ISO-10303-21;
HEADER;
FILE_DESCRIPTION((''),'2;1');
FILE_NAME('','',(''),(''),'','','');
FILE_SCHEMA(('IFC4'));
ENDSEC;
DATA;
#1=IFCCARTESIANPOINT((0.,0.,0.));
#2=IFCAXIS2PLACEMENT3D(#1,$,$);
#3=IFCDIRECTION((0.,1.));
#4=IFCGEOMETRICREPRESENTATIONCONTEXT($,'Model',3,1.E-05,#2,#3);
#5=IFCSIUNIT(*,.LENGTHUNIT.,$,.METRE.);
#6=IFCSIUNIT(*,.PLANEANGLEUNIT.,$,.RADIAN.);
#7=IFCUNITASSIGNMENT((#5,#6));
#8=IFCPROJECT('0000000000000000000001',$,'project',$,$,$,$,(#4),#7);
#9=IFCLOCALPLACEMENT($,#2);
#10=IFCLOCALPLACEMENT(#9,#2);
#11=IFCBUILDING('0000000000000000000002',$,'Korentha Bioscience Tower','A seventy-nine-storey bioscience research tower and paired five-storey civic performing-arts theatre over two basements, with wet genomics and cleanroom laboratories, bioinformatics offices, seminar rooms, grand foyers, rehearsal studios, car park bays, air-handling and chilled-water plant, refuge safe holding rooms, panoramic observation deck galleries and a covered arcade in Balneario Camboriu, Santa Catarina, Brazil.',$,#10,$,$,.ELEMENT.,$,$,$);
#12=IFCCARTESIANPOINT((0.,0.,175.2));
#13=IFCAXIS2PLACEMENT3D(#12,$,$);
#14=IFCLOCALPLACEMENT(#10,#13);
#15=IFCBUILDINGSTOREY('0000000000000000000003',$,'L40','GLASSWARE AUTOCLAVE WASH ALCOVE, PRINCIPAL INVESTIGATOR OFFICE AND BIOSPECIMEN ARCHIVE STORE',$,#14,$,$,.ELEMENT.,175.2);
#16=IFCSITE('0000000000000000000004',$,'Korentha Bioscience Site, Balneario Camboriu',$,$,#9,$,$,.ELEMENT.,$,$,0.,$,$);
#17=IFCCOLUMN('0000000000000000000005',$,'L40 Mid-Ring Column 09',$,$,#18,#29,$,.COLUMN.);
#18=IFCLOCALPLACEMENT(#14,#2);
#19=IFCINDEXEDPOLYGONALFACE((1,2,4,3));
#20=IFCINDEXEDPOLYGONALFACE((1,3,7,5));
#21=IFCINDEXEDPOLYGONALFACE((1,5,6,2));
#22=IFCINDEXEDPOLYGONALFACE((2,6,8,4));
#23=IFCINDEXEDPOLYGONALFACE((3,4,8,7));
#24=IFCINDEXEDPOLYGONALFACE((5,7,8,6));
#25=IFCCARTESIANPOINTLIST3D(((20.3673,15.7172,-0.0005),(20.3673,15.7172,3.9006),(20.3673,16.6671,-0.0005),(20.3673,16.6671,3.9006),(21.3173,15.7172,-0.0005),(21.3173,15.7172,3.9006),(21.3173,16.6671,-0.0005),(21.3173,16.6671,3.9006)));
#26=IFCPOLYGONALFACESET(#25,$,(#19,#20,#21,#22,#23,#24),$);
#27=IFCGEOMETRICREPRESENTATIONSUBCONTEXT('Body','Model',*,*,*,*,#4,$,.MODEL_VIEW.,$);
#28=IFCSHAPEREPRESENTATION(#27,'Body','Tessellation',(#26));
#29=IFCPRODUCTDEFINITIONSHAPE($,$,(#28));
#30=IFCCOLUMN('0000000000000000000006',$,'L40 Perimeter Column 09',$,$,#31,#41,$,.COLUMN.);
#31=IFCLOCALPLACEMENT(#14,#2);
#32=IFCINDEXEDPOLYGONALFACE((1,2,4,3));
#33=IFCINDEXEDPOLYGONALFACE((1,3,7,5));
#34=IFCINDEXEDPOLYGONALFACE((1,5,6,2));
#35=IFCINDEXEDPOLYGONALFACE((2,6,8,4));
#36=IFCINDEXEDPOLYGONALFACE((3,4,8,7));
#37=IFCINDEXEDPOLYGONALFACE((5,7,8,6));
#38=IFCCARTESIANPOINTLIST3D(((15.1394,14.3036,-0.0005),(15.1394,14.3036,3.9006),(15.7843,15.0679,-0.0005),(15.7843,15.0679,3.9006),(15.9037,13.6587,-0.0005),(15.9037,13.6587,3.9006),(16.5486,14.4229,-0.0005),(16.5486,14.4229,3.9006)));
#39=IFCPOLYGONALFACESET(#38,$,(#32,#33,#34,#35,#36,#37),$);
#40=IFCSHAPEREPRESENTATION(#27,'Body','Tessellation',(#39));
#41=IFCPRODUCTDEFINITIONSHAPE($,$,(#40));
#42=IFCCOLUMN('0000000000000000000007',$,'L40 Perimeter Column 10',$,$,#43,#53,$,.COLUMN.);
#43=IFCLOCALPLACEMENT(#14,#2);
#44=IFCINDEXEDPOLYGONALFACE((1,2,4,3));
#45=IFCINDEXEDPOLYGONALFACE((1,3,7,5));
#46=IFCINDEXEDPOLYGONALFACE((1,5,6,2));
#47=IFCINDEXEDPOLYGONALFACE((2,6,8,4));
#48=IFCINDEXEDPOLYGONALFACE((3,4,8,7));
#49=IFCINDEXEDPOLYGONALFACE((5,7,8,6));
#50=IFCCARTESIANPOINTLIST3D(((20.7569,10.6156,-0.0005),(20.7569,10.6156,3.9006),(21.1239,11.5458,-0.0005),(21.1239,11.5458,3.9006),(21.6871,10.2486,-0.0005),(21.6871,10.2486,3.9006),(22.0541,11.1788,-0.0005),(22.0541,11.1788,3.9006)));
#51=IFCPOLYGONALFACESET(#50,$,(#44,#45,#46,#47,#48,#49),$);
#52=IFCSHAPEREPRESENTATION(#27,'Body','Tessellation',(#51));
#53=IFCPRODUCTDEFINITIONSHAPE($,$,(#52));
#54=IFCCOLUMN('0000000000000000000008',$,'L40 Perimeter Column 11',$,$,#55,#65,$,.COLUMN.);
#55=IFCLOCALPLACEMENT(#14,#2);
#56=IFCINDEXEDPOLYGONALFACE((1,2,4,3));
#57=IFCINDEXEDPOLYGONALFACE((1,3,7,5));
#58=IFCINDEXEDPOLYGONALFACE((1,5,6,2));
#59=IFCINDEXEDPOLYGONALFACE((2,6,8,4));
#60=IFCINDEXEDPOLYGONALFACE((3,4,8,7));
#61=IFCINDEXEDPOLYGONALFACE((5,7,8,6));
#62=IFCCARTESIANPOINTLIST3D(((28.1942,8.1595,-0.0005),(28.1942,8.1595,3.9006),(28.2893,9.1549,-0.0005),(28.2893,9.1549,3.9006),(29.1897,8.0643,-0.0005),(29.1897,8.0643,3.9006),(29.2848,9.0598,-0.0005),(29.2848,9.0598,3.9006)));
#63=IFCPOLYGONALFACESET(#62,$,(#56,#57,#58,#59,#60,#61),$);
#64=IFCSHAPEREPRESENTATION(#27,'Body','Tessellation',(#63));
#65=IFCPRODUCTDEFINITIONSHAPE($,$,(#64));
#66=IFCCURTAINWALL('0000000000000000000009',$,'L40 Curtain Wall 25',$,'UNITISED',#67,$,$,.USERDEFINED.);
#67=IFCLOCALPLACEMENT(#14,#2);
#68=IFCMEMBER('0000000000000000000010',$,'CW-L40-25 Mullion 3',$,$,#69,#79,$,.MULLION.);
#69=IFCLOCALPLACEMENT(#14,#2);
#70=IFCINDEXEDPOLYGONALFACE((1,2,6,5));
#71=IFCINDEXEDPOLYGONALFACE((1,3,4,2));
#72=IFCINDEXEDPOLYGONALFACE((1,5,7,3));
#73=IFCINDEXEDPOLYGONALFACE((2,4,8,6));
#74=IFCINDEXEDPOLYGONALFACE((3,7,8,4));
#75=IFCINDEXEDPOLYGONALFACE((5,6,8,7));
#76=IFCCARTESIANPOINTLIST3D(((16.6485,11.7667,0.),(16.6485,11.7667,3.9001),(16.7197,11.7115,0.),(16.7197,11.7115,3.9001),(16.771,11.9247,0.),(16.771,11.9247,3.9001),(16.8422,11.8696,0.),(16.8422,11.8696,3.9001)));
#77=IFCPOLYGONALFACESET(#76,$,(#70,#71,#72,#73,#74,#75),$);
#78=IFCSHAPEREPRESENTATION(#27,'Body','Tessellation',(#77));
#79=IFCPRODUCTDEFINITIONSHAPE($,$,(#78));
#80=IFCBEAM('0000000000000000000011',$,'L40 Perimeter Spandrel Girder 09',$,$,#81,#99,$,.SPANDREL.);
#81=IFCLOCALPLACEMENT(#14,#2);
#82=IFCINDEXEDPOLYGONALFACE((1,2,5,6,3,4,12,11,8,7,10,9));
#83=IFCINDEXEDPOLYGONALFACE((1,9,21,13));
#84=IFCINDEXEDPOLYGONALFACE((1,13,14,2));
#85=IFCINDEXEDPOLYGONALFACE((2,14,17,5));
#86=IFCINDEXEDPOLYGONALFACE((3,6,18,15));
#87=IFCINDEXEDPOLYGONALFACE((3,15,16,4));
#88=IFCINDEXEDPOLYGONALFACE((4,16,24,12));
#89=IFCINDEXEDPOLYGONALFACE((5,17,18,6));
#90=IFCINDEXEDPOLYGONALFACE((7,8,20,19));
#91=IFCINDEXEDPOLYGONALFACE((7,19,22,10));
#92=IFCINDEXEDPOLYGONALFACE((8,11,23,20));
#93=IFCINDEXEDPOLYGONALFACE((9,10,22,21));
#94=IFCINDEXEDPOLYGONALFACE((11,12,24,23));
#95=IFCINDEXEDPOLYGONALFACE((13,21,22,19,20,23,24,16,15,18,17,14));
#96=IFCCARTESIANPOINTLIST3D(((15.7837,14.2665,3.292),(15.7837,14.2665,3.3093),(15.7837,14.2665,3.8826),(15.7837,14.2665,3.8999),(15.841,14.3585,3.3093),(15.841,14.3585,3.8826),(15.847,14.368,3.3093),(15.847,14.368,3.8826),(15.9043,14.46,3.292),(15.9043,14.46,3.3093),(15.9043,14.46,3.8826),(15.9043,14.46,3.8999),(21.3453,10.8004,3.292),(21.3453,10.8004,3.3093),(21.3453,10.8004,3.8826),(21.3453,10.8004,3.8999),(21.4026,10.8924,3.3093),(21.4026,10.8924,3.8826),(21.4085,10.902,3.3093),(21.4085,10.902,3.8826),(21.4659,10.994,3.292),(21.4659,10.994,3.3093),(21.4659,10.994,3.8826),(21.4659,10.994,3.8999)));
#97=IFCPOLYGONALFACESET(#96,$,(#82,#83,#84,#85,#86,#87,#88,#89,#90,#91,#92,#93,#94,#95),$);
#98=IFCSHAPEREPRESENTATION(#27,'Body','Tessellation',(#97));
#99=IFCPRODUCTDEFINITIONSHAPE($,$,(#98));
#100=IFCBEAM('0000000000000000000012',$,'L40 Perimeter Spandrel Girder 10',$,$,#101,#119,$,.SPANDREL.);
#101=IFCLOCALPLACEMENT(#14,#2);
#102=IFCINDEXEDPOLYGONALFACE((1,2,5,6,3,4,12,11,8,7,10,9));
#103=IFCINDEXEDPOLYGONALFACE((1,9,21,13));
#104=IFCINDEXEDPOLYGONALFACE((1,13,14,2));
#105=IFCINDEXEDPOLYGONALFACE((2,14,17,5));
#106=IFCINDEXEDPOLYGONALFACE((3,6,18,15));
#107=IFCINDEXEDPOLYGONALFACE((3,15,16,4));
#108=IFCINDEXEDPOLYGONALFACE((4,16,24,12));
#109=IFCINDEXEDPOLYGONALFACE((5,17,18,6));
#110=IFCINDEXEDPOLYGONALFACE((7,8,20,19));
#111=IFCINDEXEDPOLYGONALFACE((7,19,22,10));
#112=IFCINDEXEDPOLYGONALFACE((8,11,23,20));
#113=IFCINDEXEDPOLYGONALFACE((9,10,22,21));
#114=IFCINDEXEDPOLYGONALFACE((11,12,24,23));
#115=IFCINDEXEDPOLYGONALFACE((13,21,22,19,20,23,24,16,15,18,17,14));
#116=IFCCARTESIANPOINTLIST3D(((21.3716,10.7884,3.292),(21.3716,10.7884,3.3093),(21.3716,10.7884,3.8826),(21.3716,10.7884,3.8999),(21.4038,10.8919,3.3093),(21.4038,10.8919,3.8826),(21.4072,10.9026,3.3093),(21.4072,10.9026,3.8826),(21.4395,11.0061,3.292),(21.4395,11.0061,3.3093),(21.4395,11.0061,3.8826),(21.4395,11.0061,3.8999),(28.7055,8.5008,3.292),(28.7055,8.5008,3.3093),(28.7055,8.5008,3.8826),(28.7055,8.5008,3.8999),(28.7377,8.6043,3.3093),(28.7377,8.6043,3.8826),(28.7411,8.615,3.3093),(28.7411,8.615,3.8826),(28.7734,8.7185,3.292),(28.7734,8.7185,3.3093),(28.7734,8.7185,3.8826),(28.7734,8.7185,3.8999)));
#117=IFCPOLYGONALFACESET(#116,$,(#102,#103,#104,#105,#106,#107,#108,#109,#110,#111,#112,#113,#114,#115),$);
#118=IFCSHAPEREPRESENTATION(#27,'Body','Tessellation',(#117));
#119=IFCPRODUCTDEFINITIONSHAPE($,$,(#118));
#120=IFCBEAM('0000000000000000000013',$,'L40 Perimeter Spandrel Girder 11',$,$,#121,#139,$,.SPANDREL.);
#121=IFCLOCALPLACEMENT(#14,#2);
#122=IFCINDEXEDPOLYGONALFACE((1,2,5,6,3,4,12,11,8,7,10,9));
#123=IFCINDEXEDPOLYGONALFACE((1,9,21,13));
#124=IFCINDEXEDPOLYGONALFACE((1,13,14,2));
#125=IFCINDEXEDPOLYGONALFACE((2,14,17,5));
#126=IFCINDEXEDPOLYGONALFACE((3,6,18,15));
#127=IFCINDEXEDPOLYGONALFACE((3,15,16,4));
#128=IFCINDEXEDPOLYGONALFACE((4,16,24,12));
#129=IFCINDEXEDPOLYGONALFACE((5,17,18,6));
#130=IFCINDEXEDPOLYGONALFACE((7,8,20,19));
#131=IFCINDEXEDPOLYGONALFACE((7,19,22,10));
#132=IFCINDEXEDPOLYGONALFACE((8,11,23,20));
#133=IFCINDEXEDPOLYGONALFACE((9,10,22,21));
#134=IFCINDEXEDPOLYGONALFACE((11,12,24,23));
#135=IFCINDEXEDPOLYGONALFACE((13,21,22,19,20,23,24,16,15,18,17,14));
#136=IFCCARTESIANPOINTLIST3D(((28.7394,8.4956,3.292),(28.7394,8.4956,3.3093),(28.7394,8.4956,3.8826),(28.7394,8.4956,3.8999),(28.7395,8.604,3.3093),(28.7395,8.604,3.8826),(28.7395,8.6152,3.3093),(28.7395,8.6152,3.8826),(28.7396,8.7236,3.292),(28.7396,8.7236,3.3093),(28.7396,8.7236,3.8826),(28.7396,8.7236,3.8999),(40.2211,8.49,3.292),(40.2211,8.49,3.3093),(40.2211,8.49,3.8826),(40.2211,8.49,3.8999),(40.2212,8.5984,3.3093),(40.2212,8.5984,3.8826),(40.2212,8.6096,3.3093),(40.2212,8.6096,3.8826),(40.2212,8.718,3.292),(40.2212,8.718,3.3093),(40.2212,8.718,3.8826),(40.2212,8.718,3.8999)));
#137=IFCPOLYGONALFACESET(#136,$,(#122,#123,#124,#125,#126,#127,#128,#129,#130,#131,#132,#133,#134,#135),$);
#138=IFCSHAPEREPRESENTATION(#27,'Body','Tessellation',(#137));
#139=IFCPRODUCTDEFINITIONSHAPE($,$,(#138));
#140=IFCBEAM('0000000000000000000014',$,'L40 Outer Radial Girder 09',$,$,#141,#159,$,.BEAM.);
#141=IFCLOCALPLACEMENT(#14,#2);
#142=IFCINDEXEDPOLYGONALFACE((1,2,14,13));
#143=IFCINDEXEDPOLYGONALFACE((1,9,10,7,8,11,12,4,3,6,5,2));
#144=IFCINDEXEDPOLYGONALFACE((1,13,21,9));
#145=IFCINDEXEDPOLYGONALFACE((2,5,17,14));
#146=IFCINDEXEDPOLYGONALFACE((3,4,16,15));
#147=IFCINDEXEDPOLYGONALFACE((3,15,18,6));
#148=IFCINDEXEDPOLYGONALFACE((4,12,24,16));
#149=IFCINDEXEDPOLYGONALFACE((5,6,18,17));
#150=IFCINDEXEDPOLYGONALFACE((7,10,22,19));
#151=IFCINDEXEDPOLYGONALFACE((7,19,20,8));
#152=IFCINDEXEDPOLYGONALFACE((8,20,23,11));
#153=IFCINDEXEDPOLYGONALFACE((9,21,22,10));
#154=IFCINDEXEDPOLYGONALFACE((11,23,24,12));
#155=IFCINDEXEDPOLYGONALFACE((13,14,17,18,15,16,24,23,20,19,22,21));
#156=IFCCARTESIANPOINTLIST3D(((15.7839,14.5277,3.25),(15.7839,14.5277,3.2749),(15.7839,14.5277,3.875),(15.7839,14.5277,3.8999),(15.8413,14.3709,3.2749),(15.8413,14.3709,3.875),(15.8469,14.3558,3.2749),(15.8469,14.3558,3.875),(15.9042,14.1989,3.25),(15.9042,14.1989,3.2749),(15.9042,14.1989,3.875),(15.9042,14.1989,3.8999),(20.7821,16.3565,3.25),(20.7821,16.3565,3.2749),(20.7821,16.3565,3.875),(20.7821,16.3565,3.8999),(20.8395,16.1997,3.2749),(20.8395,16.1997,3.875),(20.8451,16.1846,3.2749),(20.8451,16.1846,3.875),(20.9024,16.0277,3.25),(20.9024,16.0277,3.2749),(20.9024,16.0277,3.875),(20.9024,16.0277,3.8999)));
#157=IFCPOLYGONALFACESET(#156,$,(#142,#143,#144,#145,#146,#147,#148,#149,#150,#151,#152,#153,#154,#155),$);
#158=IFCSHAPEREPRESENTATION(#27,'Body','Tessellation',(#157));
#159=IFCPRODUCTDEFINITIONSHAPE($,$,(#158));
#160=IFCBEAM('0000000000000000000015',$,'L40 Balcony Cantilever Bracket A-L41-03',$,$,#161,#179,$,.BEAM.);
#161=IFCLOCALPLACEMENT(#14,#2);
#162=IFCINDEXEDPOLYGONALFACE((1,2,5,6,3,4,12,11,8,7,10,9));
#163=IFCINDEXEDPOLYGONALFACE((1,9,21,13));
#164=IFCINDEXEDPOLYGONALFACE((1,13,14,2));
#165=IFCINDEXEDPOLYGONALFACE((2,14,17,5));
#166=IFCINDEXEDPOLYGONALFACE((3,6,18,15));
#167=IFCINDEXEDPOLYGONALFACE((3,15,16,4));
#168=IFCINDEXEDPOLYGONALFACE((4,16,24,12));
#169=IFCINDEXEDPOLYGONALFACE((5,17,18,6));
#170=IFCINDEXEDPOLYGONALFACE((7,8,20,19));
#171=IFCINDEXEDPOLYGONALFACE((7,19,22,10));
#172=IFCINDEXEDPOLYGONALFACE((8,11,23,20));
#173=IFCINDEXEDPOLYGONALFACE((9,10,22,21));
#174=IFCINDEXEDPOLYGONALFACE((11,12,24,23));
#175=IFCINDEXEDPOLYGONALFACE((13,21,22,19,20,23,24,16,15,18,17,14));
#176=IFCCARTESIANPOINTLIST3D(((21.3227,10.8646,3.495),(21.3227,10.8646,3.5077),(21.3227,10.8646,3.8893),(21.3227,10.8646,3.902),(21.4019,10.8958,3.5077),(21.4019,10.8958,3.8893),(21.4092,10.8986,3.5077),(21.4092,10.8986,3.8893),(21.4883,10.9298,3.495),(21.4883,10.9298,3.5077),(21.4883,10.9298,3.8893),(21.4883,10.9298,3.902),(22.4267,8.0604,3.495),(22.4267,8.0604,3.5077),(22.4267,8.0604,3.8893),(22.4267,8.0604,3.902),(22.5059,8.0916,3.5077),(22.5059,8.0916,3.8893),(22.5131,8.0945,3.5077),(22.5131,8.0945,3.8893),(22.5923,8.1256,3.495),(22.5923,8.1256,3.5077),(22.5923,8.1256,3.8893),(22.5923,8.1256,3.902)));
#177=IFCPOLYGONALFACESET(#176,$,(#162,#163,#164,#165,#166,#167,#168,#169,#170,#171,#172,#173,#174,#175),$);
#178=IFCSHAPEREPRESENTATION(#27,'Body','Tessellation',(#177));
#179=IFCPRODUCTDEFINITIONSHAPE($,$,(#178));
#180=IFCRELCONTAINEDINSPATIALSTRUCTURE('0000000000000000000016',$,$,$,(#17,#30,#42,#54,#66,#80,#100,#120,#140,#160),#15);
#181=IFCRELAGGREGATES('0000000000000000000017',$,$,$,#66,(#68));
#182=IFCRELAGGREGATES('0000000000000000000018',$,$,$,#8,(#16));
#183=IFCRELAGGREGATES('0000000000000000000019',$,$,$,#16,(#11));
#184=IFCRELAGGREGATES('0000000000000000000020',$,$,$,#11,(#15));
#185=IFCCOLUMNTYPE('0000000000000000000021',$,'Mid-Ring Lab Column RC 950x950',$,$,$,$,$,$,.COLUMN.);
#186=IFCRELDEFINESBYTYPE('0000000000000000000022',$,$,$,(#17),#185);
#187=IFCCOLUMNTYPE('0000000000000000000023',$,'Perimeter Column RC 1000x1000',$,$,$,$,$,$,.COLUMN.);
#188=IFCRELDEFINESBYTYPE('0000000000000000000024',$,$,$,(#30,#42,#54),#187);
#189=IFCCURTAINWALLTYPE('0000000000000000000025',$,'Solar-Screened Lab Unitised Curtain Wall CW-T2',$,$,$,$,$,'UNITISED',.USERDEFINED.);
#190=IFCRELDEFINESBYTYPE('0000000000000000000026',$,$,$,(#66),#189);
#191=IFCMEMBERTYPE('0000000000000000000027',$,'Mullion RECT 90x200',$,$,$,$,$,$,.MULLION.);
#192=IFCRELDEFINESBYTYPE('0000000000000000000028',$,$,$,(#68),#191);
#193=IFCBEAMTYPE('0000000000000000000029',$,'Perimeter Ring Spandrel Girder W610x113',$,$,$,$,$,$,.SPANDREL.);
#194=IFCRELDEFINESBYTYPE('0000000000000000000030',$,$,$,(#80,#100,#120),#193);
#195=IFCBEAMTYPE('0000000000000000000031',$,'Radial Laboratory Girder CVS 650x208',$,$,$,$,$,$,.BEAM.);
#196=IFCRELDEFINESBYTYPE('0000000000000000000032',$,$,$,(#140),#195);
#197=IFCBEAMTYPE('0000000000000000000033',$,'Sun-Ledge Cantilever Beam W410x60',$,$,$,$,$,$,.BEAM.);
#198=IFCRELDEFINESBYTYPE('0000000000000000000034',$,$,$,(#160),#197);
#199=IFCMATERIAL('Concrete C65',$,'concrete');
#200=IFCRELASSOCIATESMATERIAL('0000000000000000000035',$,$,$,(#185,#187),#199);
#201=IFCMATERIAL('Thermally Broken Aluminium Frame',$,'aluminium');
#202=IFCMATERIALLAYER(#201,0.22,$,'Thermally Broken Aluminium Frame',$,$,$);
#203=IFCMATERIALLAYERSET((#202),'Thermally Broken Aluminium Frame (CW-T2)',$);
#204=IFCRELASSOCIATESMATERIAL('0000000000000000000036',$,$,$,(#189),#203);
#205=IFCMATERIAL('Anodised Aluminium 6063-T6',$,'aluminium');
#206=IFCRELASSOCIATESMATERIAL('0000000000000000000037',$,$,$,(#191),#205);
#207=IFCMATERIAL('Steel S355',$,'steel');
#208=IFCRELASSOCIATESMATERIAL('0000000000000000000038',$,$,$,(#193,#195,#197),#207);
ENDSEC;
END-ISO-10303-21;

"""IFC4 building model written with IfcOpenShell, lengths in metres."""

from ifc_helpers import new_model, si_unit, direction, frame, origin, origin_2d, place, context, subcontext, project, spatial, rectangle, i_section, extrude, material, layer, layer_set, material_profile, profile_set, type_object, element, aggregate, save


model = new_model("IFC4")

# Units and contexts
model_context = context("Model", 3, precision=1e-05, world=origin(), true_north=direction((0.0, 1.0)))
body_context = subcontext(model_context, "Body", "Model", "MODEL_VIEW")
ifc_project = project(units=[si_unit("LENGTHUNIT", "METRE"), si_unit("PLANEANGLEUNIT", "RADIAN")], contexts=[model_context])

# Site, building, storey
site_placement = place(None, origin())
site = spatial("IfcSite", under=ifc_project, at=site_placement, Name="Korentha Bioscience Site, Balneario Camboriu", CompositionType="ELEMENT", RefElevation=0.0)
building_placement = place(site_placement, origin())
building = spatial("IfcBuilding", under=site, at=building_placement, Name="Korentha Bioscience Tower", Description="A seventy-nine-storey bioscience research tower and paired five-storey civic performing-arts theatre over two basements, with wet genomics and cleanroom laboratories, bioinformatics offices, seminar rooms, grand foyers, rehearsal studios, car park bays, air-handling and chilled-water plant, refuge safe holding rooms, panoramic observation deck galleries and a covered arcade in Balneario Camboriu, Santa Catarina, Brazil.", CompositionType="ELEMENT")
storey_placement = place(building_placement, frame((0.0, 0.0, 175.2)))
storey = spatial("IfcBuildingStorey", under=building, at=storey_placement, Name="L40", Description="GLASSWARE AUTOCLAVE WASH ALCOVE, PRINCIPAL INVESTIGATOR OFFICE AND BIOSPECIMEN ARCHIVE STORE", CompositionType="ELEMENT", Elevation=175.2)

# Columns
ifc_material_1 = material(Name="Concrete C65", Category="concrete")
ifc_material_profile_1 = material_profile(ifc_material_1, rectangle(XDim=0.95, YDim=0.95, at=origin_2d()), Name="Concrete C65")
ifc_profile_set_1 = profile_set([ifc_material_profile_1], Name="Concrete C65 (COL-MR09)")
column_type_1 = type_object("IfcColumnType", Name="Mid-Ring Lab Column RC 950x950", PredefinedType="COLUMN", material=ifc_profile_set_1)
column_placement = place(storey_placement, frame((20.8423, 16.1921, -0.0005), z_axis=(0.0, 0.0, 1.0), x_axis=(1.0, 0.0, 0.0)))
element("IfcColumn", 1, at=column_placement, inside=storey, type_object=column_type_1, Name="L40 Mid-Ring Column 09", PredefinedType="COLUMN", context=body_context, shape_type="SweptSolid", body=[
    extrude(rectangle(XDim=0.95, YDim=0.95, at=origin_2d()), origin(), (0.0, 0.0, 1.0), 3.9011),
])
ifc_material_profile_2 = material_profile(ifc_material_1, rectangle(XDim=1.0, YDim=1.0, at=origin_2d()), Name="Concrete C65")
ifc_profile_set_2 = profile_set([ifc_material_profile_2], Name="Concrete C65 (COL-P10)")
column_type_2 = type_object("IfcColumnType", Name="Perimeter Column RC 1000x1000", PredefinedType="COLUMN", material=ifc_profile_set_2)
for number, where, z_axis, x_axis, name in (
    (2, (15.844, 14.3633, -0.0005), (0.0, 0.0, 1.0), (-0.764246, 0.644924, 0.0), "L40 Perimeter Column 09"),
    (3, (21.4055, 10.8972, -0.0005), (0.0, 0.0, 1.0), (-0.930226, 0.366988, 0.0), "L40 Perimeter Column 10"),
    (4, (28.7395, 8.6096, -0.0005), (0.0, 0.0, 1.0), (-0.995463, 0.095151, 0.0), "L40 Perimeter Column 11"),
):
    element("IfcColumn", number, at=place(storey_placement, frame(where, z_axis=z_axis, x_axis=x_axis)), inside=storey, type_object=column_type_2, Name=name, PredefinedType="COLUMN", context=body_context, shape_type="SweptSolid", body=[
        extrude(rectangle(XDim=1.0, YDim=1.0, at=origin_2d()), origin(), (0.0, 0.0, 1.0), 3.9011),
    ])

# Curtain wall, member
ifc_material_2 = material(Name="Thermally Broken Aluminium Frame", Category="aluminium")
ifc_layer_1 = layer(ifc_material_2, 0.22, Name="Thermally Broken Aluminium Frame")
ifc_layer_set_1 = layer_set([ifc_layer_1], Name="Thermally Broken Aluminium Frame (CW-T2)")
curtain_wall_type = type_object("IfcCurtainWallType", Name="Solar-Screened Lab Unitised Curtain Wall CW-T2", ElementType="UNITISED", PredefinedType="USERDEFINED", material=ifc_layer_set_1)
curtain_wall_placement = place(storey_placement, origin())
curtain_wall = element("IfcCurtainWall", 5, at=curtain_wall_placement, inside=storey, type_object=curtain_wall_type, Name="L40 Curtain Wall 25", ObjectType="UNITISED", PredefinedType="USERDEFINED")
ifc_material_3 = material(Name="Anodised Aluminium 6063-T6", Category="aluminium")
ifc_material_profile_3 = material_profile(ifc_material_3, rectangle(XDim=0.0901, YDim=0.2, at=origin_2d()), Name="Anodised Aluminium 6063-T6")
ifc_profile_set_3 = profile_set([ifc_material_profile_3], Name="Anodised Aluminium 6063-T6 (CW-MUL)")
member_type = type_object("IfcMemberType", Name="Mullion RECT 90x200", PredefinedType="MULLION", material=ifc_profile_set_3)
member_placement = place(storey_placement, frame((16.7454, 11.8181, 0.0), z_axis=(0.0, 0.0, 1.0), x_axis=(0.790547, -0.612402, 0.0)))
member = element("IfcMember", 6, at=member_placement, type_object=member_type, Name="CW-L40-25 Mullion 3", PredefinedType="MULLION", context=body_context, shape_type="SweptSolid", body=[
    extrude(rectangle(XDim=0.0901, YDim=0.2, at=origin_2d()), origin(), (0.0, 0.0, 1.0), 3.9001),
])

# Beams
ifc_material_4 = material(Name="Steel S355", Category="steel")
ifc_material_profile_4 = material_profile(ifc_material_4, i_section(OverallWidth=0.228, OverallDepth=0.6079, WebThickness=0.0112, FlangeThickness=0.0173, at=origin_2d()), Name="Steel S355")
ifc_profile_set_4 = profile_set([ifc_material_profile_4], Name="Steel S355 (SB-610)")
beam_type_1 = type_object("IfcBeamType", Name="Perimeter Ring Spandrel Girder W610x113", PredefinedType="SPANDREL", material=ifc_profile_set_4)
beam_1_placement = place(storey_placement, frame((15.844, 14.3633, 3.5959), z_axis=(0.848676, -0.528913, 0.0), x_axis=(0.528913, 0.848676, 0.0)))
element("IfcBeam", 7, at=beam_1_placement, inside=storey, type_object=beam_type_1, Name="L40 Perimeter Spandrel Girder 09", PredefinedType="SPANDREL", context=body_context, shape_type="SweptSolid", body=[
    extrude(i_section(OverallWidth=0.228, OverallDepth=0.6079, WebThickness=0.0112, FlangeThickness=0.0173, at=origin_2d()), origin(), (0.0, 0.0, 1.0), 6.5532),
])
beam_2_placement = place(storey_placement, frame((21.4055, 10.8972, 3.5959), z_axis=(0.954638, -0.297768, 0.0), x_axis=(0.297768, 0.954638, 0.0)))
element("IfcBeam", 8, at=beam_2_placement, inside=storey, type_object=beam_type_1, Name="L40 Perimeter Spandrel Girder 10", PredefinedType="SPANDREL", context=body_context, shape_type="SweptSolid", body=[
    extrude(i_section(OverallWidth=0.228, OverallDepth=0.6079, WebThickness=0.0112, FlangeThickness=0.0173, at=origin_2d()), origin(), (0.0, 0.0, 1.0), 7.6824),
])
beam_3_placement = place(storey_placement, frame((28.7395, 8.6096, 3.5959), z_axis=(1.0, -0.000489, 0.0), x_axis=(0.000489, 1.0, 0.0)))
element("IfcBeam", 9, at=beam_3_placement, inside=storey, type_object=beam_type_1, Name="L40 Perimeter Spandrel Girder 11", PredefinedType="SPANDREL", context=body_context, shape_type="SweptSolid", body=[
    extrude(i_section(OverallWidth=0.228, OverallDepth=0.6079, WebThickness=0.0112, FlangeThickness=0.0173, at=origin_2d()), origin(), (0.0, 0.0, 1.0), 11.4817),
])
ifc_material_profile_5 = material_profile(ifc_material_4, i_section(OverallWidth=0.3501, OverallDepth=0.6499, WebThickness=0.0161, FlangeThickness=0.0249, at=origin_2d()), Name="Steel S355")
ifc_profile_set_5 = profile_set([ifc_material_profile_5], Name="Steel S355 (RB-650)")
beam_type_2 = type_object("IfcBeamType", Name="Radial Laboratory Girder CVS 650x208", PredefinedType="BEAM", material=ifc_profile_set_5)
beam_4_placement = place(storey_placement, frame((20.8423, 16.1921, 3.575), z_axis=(-0.93911, -0.343617, 0.0), x_axis=(0.343617, -0.93911, 0.0)))
element("IfcBeam", 10, at=beam_4_placement, inside=storey, type_object=beam_type_2, Name="L40 Outer Radial Girder 09", PredefinedType="BEAM", context=body_context, shape_type="SweptSolid", body=[
    extrude(i_section(OverallWidth=0.3501, OverallDepth=0.6499, WebThickness=0.0161, FlangeThickness=0.0249, at=origin_2d()), origin(), (0.0, 0.0, 1.0), 5.3223),
])
ifc_material_profile_6 = material_profile(ifc_material_4, i_section(OverallWidth=0.178, OverallDepth=0.407, WebThickness=0.0078, FlangeThickness=0.0127, at=origin_2d()), Name="Steel S355")
ifc_profile_set_6 = profile_set([ifc_material_profile_6], Name="Steel S355 (CB-410)")
beam_type_3 = type_object("IfcBeamType", Name="Sun-Ledge Cantilever Beam W410x60", PredefinedType="BEAM", material=ifc_profile_set_6)
beam_5_placement = place(storey_placement, frame((21.4055, 10.8972, 3.6985), z_axis=(0.366329, -0.930485, 0.0), x_axis=(0.930485, 0.366329, 0.0)))
element("IfcBeam", 11, at=beam_5_placement, inside=storey, type_object=beam_type_3, Name="L40 Balcony Cantilever Bracket A-L41-03", PredefinedType="BEAM", context=body_context, shape_type="SweptSolid", body=[
    extrude(i_section(OverallWidth=0.178, OverallDepth=0.407, WebThickness=0.0078, FlangeThickness=0.0127, at=origin_2d()), origin(), (0.0, 0.0, 1.0), 3.0137),
])

aggregate(curtain_wall, [member])

save(model, "model.ifc")
